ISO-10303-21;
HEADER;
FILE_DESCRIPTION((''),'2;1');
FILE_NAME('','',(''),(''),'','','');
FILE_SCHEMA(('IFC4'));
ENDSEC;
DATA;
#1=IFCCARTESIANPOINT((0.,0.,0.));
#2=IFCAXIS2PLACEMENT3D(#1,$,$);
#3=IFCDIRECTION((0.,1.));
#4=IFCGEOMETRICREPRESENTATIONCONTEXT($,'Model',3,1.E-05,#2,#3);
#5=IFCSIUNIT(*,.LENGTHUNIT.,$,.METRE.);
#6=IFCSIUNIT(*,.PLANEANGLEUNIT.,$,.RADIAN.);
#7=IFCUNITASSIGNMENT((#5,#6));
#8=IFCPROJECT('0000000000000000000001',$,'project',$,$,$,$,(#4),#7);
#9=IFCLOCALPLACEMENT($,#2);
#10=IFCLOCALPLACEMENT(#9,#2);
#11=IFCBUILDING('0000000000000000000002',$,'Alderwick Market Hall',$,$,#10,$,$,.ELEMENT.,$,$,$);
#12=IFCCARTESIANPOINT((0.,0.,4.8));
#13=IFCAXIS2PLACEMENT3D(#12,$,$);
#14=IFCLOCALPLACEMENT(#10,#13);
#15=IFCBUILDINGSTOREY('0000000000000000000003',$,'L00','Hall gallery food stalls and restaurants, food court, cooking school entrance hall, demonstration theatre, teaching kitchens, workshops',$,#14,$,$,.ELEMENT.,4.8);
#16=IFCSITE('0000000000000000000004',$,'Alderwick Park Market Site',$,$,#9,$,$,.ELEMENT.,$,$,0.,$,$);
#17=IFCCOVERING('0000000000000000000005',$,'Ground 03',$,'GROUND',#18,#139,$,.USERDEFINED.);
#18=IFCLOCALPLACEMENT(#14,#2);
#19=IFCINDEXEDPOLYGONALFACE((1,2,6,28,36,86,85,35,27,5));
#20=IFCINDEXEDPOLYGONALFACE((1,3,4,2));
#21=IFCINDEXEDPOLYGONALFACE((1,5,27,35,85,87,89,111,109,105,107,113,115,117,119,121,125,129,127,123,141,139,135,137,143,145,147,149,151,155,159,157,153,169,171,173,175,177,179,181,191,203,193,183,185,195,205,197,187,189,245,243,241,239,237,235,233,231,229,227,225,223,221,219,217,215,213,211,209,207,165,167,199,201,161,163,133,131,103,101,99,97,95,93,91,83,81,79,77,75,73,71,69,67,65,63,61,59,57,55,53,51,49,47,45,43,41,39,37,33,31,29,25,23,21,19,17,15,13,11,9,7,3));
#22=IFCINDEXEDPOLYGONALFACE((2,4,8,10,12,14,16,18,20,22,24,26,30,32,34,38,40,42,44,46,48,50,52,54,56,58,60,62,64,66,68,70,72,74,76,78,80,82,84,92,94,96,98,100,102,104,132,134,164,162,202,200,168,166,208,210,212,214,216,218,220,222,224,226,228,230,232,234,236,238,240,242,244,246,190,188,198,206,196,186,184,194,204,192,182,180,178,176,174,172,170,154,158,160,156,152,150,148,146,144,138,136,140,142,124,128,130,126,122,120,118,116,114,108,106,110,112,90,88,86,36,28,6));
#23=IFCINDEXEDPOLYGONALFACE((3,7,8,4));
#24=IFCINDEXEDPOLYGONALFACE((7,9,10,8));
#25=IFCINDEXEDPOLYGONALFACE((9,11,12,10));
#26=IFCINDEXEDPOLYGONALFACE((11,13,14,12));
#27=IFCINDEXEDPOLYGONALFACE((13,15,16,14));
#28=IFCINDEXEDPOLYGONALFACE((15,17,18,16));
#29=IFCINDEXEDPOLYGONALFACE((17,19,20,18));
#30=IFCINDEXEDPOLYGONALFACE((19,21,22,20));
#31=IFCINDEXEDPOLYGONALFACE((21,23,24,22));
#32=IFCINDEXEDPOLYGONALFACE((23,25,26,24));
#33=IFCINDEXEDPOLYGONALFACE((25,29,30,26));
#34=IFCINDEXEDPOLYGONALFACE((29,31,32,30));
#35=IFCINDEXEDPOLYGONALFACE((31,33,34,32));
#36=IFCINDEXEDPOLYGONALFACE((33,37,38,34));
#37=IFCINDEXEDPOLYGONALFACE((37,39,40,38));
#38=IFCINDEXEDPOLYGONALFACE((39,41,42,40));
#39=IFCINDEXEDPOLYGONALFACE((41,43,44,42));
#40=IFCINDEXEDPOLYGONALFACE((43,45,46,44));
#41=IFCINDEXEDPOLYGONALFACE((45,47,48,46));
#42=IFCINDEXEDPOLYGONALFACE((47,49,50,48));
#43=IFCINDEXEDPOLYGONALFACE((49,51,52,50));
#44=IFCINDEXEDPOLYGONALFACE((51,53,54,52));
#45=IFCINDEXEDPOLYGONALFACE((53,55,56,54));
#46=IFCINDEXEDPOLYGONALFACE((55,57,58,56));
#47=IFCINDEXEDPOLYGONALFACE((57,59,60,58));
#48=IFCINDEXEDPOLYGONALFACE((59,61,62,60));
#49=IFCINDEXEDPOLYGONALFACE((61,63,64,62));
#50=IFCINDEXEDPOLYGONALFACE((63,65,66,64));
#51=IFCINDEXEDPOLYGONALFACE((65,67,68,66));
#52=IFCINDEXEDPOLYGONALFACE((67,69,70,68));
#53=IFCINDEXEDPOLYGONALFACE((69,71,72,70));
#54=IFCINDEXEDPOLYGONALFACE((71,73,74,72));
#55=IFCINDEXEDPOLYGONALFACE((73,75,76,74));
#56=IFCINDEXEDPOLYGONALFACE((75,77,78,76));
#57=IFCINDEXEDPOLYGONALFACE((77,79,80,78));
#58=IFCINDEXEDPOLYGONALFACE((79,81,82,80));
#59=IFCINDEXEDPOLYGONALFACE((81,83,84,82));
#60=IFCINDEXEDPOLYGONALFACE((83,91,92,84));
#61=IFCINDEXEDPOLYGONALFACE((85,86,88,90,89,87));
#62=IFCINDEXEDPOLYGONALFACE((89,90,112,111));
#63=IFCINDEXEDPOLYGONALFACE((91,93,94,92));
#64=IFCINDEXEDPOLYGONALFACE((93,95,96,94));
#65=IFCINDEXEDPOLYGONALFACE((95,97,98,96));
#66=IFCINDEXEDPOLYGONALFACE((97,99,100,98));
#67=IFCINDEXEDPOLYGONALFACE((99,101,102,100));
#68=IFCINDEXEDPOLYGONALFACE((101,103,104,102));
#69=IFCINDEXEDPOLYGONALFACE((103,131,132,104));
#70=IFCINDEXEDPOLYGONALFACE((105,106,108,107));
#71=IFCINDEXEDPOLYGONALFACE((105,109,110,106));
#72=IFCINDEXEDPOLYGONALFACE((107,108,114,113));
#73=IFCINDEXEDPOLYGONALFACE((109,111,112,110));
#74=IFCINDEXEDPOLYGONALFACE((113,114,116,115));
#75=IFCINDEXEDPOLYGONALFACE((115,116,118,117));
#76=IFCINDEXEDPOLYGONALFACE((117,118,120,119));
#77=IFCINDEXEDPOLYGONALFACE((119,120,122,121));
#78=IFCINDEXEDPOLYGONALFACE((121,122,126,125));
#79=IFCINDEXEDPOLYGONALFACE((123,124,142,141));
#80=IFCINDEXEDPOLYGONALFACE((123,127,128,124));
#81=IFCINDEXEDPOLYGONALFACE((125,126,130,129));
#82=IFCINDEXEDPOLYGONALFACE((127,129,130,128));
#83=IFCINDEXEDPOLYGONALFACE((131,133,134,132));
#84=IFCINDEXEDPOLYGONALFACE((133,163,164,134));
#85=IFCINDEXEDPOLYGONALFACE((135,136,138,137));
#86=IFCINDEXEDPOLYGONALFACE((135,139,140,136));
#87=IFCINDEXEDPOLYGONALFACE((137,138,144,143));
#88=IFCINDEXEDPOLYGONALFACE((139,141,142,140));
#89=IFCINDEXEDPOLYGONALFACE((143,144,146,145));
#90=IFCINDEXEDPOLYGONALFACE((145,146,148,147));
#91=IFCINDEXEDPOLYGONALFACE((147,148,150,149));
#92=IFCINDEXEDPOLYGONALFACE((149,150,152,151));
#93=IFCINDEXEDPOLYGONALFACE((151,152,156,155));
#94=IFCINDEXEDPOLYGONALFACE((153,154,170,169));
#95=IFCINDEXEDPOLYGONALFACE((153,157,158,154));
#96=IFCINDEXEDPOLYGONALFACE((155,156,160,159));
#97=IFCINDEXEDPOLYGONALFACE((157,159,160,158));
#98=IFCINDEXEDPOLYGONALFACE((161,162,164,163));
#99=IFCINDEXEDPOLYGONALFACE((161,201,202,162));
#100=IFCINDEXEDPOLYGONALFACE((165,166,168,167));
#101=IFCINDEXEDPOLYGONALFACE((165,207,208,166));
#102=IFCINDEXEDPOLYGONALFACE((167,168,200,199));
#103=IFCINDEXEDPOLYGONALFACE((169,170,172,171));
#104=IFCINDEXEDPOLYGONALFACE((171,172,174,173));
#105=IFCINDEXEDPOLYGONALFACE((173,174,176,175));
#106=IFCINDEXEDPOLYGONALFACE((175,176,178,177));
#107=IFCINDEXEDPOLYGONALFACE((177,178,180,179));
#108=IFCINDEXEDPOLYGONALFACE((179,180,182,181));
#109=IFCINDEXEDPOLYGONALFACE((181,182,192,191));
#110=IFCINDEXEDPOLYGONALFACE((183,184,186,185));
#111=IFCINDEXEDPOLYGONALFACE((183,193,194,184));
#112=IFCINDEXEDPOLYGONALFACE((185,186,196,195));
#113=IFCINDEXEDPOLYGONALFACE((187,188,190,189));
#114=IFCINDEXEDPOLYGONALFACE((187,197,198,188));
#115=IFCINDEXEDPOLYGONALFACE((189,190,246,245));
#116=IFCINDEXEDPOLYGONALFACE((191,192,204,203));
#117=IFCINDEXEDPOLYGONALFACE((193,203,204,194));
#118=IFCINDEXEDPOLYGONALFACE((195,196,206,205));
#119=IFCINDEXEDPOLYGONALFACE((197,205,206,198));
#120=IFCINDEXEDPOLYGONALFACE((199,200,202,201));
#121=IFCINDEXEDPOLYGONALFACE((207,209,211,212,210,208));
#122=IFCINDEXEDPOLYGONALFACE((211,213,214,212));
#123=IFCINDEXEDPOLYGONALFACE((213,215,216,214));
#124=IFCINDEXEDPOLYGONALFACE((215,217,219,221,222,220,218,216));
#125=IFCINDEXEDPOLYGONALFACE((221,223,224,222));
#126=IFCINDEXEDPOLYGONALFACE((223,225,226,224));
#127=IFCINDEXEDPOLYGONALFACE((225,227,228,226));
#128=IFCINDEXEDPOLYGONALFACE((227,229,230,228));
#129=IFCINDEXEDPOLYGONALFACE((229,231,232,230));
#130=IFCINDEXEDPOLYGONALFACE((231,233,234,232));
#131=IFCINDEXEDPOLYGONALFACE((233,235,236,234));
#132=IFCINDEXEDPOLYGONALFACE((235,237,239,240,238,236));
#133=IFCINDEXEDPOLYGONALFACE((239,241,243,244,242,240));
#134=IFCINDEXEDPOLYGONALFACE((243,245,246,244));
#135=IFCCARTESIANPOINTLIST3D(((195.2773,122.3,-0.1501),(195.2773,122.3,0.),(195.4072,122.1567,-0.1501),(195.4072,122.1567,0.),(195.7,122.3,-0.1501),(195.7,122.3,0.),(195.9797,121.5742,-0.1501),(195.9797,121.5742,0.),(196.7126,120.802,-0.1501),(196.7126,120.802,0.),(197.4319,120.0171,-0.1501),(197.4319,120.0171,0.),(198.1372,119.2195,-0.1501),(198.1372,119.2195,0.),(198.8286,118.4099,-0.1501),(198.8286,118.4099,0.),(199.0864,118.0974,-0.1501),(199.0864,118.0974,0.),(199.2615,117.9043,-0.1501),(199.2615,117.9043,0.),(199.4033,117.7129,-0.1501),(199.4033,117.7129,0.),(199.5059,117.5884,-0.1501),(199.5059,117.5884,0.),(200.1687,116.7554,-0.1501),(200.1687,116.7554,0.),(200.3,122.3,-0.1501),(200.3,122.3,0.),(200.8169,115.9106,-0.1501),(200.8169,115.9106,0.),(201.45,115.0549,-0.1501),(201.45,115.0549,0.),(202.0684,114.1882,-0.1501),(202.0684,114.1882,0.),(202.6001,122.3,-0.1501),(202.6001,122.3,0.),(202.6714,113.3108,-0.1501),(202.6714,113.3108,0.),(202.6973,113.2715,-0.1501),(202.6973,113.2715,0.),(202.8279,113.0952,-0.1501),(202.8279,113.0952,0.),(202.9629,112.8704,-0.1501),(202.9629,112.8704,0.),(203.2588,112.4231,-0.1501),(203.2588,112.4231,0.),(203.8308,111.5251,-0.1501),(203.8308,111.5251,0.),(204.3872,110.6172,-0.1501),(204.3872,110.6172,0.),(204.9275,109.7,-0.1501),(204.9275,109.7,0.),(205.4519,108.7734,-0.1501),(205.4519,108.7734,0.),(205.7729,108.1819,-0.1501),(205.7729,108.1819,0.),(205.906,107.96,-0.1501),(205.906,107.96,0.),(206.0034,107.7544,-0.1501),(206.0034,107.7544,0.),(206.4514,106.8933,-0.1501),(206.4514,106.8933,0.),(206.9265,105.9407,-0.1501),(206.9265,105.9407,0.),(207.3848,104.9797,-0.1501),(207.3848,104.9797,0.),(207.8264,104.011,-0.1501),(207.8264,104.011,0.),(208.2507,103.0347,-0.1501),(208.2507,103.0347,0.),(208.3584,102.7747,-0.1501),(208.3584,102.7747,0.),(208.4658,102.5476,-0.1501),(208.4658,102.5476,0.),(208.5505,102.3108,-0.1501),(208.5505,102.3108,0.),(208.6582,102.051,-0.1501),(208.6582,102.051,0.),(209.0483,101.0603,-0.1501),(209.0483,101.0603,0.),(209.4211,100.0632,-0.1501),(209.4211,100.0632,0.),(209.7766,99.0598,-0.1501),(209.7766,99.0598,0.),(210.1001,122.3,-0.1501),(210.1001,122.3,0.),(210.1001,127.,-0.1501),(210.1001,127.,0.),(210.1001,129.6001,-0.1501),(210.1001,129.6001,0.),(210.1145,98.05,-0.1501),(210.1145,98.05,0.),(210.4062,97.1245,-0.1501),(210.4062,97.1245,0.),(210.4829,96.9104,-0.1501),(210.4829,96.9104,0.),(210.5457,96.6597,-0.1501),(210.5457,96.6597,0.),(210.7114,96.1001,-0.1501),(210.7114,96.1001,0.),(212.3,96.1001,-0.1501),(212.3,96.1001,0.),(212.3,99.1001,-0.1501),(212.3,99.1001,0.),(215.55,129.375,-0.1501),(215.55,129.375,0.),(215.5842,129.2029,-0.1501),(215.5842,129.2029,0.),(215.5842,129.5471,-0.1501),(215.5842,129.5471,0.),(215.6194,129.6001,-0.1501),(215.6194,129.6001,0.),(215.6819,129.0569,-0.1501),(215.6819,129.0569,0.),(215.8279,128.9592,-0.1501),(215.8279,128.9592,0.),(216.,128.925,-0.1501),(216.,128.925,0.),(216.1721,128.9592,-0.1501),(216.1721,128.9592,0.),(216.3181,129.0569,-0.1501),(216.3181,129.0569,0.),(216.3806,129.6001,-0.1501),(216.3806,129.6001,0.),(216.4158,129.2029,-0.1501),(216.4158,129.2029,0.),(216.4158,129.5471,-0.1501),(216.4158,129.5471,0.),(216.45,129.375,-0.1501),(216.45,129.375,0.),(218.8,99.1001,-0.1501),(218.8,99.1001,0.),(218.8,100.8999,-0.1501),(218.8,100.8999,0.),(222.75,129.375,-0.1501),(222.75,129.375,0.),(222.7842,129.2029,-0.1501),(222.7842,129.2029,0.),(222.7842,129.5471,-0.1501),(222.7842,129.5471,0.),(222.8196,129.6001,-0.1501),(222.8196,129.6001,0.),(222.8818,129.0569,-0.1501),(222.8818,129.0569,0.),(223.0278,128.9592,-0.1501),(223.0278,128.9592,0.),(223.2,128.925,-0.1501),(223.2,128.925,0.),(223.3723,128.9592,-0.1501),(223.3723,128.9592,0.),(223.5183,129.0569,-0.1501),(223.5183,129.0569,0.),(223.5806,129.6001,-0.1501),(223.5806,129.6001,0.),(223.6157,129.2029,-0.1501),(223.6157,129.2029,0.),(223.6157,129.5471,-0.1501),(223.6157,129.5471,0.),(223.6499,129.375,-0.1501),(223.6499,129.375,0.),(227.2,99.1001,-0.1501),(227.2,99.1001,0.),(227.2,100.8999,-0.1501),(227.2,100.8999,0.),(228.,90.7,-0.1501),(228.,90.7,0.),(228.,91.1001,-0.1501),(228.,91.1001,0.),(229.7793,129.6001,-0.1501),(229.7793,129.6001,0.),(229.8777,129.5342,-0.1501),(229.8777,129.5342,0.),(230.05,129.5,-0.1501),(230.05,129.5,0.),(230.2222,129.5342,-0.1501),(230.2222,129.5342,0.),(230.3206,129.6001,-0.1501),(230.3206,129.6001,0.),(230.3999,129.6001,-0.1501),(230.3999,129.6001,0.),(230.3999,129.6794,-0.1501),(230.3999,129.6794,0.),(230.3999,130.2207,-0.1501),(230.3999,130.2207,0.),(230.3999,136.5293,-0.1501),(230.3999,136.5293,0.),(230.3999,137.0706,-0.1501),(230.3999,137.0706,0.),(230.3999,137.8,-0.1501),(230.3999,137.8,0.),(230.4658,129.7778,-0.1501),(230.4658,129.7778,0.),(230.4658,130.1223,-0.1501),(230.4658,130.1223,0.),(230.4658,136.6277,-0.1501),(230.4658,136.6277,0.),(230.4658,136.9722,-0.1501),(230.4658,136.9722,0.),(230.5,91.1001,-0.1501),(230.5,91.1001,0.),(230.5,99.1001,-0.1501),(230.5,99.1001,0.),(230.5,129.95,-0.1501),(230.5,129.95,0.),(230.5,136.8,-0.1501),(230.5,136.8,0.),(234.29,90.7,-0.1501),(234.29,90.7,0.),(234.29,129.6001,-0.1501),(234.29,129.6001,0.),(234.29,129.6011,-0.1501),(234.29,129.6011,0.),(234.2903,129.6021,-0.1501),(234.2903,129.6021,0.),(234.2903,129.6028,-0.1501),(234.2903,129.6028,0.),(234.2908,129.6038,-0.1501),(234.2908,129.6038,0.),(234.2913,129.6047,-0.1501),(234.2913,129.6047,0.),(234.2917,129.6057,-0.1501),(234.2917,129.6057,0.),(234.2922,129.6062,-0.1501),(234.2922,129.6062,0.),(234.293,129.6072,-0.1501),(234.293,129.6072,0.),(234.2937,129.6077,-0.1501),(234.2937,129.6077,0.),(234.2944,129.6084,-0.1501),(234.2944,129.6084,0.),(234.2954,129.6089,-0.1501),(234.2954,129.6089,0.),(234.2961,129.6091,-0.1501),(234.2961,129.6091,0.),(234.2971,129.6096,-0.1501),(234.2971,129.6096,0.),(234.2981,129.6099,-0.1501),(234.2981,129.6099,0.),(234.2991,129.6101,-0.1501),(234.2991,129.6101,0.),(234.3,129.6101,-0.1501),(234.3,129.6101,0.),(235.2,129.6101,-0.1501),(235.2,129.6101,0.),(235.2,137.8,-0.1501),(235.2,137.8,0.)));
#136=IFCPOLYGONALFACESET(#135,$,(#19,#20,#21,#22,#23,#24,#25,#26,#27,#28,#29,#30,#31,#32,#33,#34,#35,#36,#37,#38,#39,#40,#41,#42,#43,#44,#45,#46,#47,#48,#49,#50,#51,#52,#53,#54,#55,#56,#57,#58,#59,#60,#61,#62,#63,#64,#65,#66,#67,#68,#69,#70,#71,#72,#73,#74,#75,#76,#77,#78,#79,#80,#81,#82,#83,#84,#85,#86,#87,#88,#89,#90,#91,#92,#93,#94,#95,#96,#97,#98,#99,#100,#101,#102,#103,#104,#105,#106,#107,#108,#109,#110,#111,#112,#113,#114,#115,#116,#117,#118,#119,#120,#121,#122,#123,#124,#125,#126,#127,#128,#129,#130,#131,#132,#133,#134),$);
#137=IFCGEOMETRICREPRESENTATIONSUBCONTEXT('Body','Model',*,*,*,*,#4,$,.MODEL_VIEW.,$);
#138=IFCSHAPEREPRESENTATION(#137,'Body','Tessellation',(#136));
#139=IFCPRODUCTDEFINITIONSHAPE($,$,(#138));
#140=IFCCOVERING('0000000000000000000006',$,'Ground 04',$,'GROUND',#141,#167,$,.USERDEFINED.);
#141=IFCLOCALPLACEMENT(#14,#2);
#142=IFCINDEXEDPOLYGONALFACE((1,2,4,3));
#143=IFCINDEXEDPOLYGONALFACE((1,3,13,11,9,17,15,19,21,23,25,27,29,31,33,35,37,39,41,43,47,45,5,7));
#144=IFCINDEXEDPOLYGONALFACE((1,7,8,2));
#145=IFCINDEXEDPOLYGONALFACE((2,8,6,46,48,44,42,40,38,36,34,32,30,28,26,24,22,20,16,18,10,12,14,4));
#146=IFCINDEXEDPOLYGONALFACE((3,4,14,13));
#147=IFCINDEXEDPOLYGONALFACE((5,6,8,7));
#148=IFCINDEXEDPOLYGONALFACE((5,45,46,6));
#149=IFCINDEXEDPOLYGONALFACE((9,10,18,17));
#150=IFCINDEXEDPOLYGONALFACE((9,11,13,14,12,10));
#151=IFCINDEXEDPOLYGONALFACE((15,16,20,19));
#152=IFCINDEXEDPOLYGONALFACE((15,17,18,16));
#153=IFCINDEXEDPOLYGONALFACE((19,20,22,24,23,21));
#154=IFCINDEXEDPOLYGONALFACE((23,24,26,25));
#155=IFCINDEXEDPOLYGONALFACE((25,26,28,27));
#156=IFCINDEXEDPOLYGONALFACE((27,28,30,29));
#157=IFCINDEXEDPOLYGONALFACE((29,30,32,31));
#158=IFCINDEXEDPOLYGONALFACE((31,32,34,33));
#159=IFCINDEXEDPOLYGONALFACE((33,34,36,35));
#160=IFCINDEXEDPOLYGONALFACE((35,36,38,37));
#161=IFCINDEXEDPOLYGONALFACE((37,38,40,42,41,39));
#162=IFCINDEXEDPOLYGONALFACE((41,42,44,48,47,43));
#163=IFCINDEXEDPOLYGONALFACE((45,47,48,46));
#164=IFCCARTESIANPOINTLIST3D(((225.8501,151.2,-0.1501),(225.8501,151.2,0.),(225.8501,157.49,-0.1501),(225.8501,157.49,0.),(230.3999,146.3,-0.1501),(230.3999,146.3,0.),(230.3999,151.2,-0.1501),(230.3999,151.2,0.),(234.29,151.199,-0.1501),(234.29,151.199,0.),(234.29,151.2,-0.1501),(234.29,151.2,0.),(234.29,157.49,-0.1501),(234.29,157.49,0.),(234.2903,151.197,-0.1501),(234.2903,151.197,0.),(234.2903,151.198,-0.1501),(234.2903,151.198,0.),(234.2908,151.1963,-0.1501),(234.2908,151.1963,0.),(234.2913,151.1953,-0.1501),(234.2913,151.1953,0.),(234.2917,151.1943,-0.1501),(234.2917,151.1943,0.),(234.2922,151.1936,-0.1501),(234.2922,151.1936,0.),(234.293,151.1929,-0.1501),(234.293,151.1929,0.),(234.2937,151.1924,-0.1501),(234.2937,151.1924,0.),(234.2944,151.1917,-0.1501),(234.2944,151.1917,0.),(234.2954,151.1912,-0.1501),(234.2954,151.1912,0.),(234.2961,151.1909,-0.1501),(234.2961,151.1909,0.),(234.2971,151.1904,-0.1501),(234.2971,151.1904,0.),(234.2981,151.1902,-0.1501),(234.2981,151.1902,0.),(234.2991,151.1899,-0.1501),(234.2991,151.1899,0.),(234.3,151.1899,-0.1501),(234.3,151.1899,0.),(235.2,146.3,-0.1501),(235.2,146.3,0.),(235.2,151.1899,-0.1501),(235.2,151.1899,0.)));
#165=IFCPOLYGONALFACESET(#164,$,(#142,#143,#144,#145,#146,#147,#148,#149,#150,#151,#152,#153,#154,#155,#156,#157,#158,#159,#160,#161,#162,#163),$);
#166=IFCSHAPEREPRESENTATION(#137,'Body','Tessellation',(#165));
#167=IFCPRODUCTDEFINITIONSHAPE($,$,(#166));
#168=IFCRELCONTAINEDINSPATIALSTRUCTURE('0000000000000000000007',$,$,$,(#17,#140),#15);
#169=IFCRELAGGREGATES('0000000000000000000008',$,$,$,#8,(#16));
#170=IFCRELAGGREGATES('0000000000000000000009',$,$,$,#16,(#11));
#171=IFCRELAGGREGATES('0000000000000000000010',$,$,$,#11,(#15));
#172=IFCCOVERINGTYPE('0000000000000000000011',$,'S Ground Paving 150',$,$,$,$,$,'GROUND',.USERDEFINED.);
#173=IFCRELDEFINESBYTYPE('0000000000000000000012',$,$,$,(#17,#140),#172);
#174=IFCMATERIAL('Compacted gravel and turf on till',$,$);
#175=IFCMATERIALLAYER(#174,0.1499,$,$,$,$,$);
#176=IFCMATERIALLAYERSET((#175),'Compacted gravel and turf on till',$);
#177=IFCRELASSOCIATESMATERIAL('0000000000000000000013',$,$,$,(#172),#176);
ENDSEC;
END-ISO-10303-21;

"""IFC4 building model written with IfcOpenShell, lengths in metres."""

from ifc_helpers import new_model, si_unit, direction, frame, origin, place, context, subcontext, project, spatial, polyline, outline, extrude, material, layer, layer_set, type_object, element, save


model = new_model("IFC4")

# Units and contexts
model_context = context("Model", 3, precision=1e-05, world=origin(), true_north=direction((0.0, 1.0)))
body_context = subcontext(model_context, "Body", "Model", "MODEL_VIEW")
ifc_project = project(units=[si_unit("LENGTHUNIT", "METRE"), si_unit("PLANEANGLEUNIT", "RADIAN")], contexts=[model_context])

# Site, building, storey
site_placement = place(None, origin())
site = spatial("IfcSite", under=ifc_project, at=site_placement, Name="Alderwick Park Market Site", CompositionType="ELEMENT", RefElevation=0.0)
building_placement = place(site_placement, origin())
building = spatial("IfcBuilding", under=site, at=building_placement, Name="Alderwick Market Hall", CompositionType="ELEMENT")
storey_placement = place(building_placement, frame((0.0, 0.0, 4.8)))
storey = spatial("IfcBuildingStorey", under=building, at=storey_placement, Name="L00", Description="Hall gallery food stalls and restaurants, food court, cooking school entrance hall, demonstration theatre, teaching kitchens, workshops", CompositionType="ELEMENT", Elevation=4.8)

# Coverings
ifc_material_1 = material(Name="Compacted gravel and turf on till")
ifc_layer_1 = layer(ifc_material_1, 0.1499)
ifc_layer_set_1 = layer_set([ifc_layer_1], Name="Compacted gravel and turf on till")
covering_type_1 = type_object("IfcCoveringType", Name="S Ground Paving 150", ElementType="GROUND", PredefinedType="USERDEFINED", material=ifc_layer_set_1)
covering_1_placement = place(storey_placement, frame((0.0, 0.0, -0.1501)))
element("IfcCovering", 1, at=covering_1_placement, inside=storey, type_object=covering_type_1, Name="Ground 03", ObjectType="GROUND", PredefinedType="USERDEFINED", context=body_context, shape_type="SweptSolid", body=[
    extrude(outline(polyline([(235.2, 137.8), (230.3999, 137.8), (230.3999, 137.0706), (230.4658, 136.9722), (230.5, 136.8), (230.4658, 136.6277), (230.3999, 136.5293), (230.3999, 130.2207), (230.4658, 130.1223), (230.5, 129.95), (230.4658, 129.7778), (230.3999, 129.6794), (230.3999, 129.6001), (230.3206, 129.6001), (230.2222, 129.5342), (230.05, 129.5), (229.8777, 129.5342), (229.7793, 129.6001), (223.5806, 129.6001), (223.6157, 129.5471), (223.6499, 129.375), (223.6157, 129.2029), (223.5183, 129.0569), (223.3723, 128.9592), (223.2, 128.925), (223.0278, 128.9592), (222.8818, 129.0569), (222.7842, 129.2029), (222.75, 129.375), (222.7842, 129.5471), (222.8196, 129.6001), (216.3806, 129.6001), (216.4158, 129.5471), (216.45, 129.375), (216.4158, 129.2029), (216.3181, 129.0569), (216.1721, 128.9592), (216.0, 128.925), (215.8279, 128.9592), (215.6819, 129.0569), (215.5842, 129.2029), (215.55, 129.375), (215.5842, 129.5471), (215.6194, 129.6001), (210.1001, 129.6001), (210.1001, 127.0), (210.1001, 122.3), (202.6001, 122.3), (200.3, 122.3), (195.7, 122.3), (195.2773, 122.3), (195.4072, 122.1567), (195.9797, 121.5742), (196.7126, 120.802), (197.4319, 120.0171), (198.1372, 119.2195), (198.8286, 118.4099), (199.0864, 118.0974), (199.2615, 117.9043), (199.4033, 117.7129), (199.5059, 117.5884), (200.1687, 116.7554), (200.8169, 115.9106), (201.45, 115.0549), (202.0684, 114.1882), (202.6714, 113.3108), (202.6973, 113.2715), (202.8279, 113.0952), (202.9629, 112.8704), (203.2588, 112.4231), (203.8308, 111.5251), (204.3872, 110.6172), (204.9275, 109.7), (205.4519, 108.7734), (205.7729, 108.1819), (205.906, 107.96), (206.0034, 107.7544), (206.4514, 106.8933), (206.9265, 105.9407), (207.3848, 104.9797), (207.8264, 104.011), (208.2507, 103.0347), (208.3584, 102.7747), (208.4658, 102.5476), (208.5505, 102.3108), (208.6582, 102.051), (209.0483, 101.0603), (209.4211, 100.0632), (209.7766, 99.0598), (210.1145, 98.05), (210.4062, 97.1245), (210.4829, 96.9104), (210.5457, 96.6597), (210.7114, 96.1001), (212.3, 96.1001), (212.3, 99.1001), (218.8, 99.1001), (218.8, 100.8999), (227.2, 100.8999), (227.2, 99.1001), (230.5, 99.1001), (230.5, 91.1001), (228.0, 91.1001), (228.0, 90.7), (234.29, 90.7), (234.29, 129.6001), (234.29, 129.6011), (234.2903, 129.6021), (234.2903, 129.6028), (234.2908, 129.6038), (234.2913, 129.6047), (234.2917, 129.6057), (234.2922, 129.6062), (234.293, 129.6072), (234.2937, 129.6077), (234.2944, 129.6084), (234.2954, 129.6089), (234.2961, 129.6091), (234.2971, 129.6096), (234.2981, 129.6099), (234.2991, 129.6101), (234.3, 129.6101), (235.2, 129.6101), (235.2, 137.8)])), origin(), (0.0, 0.0, 1.0), 0.1501),
])
covering_2_placement = place(storey_placement, frame((0.0, 0.0, -0.1501)))
element("IfcCovering", 2, at=covering_2_placement, inside=storey, type_object=covering_type_1, Name="Ground 04", ObjectType="GROUND", PredefinedType="USERDEFINED", context=body_context, shape_type="SweptSolid", body=[
    extrude(outline(polyline([(235.2, 151.1899), (234.3, 151.1899), (234.2991, 151.1899), (234.2981, 151.1902), (234.2971, 151.1904), (234.2961, 151.1909), (234.2954, 151.1912), (234.2944, 151.1917), (234.2937, 151.1924), (234.293, 151.1929), (234.2922, 151.1936), (234.2917, 151.1943), (234.2913, 151.1953), (234.2908, 151.1963), (234.2903, 151.197), (234.2903, 151.198), (234.29, 151.199), (234.29, 151.2), (234.29, 157.49), (225.8501, 157.49), (225.8501, 151.2), (230.3999, 151.2), (230.3999, 146.3), (235.2, 146.3), (235.2, 151.1899)])), origin(), (0.0, 0.0, 1.0), 0.1501),
])

save(model, "model.ifc")
